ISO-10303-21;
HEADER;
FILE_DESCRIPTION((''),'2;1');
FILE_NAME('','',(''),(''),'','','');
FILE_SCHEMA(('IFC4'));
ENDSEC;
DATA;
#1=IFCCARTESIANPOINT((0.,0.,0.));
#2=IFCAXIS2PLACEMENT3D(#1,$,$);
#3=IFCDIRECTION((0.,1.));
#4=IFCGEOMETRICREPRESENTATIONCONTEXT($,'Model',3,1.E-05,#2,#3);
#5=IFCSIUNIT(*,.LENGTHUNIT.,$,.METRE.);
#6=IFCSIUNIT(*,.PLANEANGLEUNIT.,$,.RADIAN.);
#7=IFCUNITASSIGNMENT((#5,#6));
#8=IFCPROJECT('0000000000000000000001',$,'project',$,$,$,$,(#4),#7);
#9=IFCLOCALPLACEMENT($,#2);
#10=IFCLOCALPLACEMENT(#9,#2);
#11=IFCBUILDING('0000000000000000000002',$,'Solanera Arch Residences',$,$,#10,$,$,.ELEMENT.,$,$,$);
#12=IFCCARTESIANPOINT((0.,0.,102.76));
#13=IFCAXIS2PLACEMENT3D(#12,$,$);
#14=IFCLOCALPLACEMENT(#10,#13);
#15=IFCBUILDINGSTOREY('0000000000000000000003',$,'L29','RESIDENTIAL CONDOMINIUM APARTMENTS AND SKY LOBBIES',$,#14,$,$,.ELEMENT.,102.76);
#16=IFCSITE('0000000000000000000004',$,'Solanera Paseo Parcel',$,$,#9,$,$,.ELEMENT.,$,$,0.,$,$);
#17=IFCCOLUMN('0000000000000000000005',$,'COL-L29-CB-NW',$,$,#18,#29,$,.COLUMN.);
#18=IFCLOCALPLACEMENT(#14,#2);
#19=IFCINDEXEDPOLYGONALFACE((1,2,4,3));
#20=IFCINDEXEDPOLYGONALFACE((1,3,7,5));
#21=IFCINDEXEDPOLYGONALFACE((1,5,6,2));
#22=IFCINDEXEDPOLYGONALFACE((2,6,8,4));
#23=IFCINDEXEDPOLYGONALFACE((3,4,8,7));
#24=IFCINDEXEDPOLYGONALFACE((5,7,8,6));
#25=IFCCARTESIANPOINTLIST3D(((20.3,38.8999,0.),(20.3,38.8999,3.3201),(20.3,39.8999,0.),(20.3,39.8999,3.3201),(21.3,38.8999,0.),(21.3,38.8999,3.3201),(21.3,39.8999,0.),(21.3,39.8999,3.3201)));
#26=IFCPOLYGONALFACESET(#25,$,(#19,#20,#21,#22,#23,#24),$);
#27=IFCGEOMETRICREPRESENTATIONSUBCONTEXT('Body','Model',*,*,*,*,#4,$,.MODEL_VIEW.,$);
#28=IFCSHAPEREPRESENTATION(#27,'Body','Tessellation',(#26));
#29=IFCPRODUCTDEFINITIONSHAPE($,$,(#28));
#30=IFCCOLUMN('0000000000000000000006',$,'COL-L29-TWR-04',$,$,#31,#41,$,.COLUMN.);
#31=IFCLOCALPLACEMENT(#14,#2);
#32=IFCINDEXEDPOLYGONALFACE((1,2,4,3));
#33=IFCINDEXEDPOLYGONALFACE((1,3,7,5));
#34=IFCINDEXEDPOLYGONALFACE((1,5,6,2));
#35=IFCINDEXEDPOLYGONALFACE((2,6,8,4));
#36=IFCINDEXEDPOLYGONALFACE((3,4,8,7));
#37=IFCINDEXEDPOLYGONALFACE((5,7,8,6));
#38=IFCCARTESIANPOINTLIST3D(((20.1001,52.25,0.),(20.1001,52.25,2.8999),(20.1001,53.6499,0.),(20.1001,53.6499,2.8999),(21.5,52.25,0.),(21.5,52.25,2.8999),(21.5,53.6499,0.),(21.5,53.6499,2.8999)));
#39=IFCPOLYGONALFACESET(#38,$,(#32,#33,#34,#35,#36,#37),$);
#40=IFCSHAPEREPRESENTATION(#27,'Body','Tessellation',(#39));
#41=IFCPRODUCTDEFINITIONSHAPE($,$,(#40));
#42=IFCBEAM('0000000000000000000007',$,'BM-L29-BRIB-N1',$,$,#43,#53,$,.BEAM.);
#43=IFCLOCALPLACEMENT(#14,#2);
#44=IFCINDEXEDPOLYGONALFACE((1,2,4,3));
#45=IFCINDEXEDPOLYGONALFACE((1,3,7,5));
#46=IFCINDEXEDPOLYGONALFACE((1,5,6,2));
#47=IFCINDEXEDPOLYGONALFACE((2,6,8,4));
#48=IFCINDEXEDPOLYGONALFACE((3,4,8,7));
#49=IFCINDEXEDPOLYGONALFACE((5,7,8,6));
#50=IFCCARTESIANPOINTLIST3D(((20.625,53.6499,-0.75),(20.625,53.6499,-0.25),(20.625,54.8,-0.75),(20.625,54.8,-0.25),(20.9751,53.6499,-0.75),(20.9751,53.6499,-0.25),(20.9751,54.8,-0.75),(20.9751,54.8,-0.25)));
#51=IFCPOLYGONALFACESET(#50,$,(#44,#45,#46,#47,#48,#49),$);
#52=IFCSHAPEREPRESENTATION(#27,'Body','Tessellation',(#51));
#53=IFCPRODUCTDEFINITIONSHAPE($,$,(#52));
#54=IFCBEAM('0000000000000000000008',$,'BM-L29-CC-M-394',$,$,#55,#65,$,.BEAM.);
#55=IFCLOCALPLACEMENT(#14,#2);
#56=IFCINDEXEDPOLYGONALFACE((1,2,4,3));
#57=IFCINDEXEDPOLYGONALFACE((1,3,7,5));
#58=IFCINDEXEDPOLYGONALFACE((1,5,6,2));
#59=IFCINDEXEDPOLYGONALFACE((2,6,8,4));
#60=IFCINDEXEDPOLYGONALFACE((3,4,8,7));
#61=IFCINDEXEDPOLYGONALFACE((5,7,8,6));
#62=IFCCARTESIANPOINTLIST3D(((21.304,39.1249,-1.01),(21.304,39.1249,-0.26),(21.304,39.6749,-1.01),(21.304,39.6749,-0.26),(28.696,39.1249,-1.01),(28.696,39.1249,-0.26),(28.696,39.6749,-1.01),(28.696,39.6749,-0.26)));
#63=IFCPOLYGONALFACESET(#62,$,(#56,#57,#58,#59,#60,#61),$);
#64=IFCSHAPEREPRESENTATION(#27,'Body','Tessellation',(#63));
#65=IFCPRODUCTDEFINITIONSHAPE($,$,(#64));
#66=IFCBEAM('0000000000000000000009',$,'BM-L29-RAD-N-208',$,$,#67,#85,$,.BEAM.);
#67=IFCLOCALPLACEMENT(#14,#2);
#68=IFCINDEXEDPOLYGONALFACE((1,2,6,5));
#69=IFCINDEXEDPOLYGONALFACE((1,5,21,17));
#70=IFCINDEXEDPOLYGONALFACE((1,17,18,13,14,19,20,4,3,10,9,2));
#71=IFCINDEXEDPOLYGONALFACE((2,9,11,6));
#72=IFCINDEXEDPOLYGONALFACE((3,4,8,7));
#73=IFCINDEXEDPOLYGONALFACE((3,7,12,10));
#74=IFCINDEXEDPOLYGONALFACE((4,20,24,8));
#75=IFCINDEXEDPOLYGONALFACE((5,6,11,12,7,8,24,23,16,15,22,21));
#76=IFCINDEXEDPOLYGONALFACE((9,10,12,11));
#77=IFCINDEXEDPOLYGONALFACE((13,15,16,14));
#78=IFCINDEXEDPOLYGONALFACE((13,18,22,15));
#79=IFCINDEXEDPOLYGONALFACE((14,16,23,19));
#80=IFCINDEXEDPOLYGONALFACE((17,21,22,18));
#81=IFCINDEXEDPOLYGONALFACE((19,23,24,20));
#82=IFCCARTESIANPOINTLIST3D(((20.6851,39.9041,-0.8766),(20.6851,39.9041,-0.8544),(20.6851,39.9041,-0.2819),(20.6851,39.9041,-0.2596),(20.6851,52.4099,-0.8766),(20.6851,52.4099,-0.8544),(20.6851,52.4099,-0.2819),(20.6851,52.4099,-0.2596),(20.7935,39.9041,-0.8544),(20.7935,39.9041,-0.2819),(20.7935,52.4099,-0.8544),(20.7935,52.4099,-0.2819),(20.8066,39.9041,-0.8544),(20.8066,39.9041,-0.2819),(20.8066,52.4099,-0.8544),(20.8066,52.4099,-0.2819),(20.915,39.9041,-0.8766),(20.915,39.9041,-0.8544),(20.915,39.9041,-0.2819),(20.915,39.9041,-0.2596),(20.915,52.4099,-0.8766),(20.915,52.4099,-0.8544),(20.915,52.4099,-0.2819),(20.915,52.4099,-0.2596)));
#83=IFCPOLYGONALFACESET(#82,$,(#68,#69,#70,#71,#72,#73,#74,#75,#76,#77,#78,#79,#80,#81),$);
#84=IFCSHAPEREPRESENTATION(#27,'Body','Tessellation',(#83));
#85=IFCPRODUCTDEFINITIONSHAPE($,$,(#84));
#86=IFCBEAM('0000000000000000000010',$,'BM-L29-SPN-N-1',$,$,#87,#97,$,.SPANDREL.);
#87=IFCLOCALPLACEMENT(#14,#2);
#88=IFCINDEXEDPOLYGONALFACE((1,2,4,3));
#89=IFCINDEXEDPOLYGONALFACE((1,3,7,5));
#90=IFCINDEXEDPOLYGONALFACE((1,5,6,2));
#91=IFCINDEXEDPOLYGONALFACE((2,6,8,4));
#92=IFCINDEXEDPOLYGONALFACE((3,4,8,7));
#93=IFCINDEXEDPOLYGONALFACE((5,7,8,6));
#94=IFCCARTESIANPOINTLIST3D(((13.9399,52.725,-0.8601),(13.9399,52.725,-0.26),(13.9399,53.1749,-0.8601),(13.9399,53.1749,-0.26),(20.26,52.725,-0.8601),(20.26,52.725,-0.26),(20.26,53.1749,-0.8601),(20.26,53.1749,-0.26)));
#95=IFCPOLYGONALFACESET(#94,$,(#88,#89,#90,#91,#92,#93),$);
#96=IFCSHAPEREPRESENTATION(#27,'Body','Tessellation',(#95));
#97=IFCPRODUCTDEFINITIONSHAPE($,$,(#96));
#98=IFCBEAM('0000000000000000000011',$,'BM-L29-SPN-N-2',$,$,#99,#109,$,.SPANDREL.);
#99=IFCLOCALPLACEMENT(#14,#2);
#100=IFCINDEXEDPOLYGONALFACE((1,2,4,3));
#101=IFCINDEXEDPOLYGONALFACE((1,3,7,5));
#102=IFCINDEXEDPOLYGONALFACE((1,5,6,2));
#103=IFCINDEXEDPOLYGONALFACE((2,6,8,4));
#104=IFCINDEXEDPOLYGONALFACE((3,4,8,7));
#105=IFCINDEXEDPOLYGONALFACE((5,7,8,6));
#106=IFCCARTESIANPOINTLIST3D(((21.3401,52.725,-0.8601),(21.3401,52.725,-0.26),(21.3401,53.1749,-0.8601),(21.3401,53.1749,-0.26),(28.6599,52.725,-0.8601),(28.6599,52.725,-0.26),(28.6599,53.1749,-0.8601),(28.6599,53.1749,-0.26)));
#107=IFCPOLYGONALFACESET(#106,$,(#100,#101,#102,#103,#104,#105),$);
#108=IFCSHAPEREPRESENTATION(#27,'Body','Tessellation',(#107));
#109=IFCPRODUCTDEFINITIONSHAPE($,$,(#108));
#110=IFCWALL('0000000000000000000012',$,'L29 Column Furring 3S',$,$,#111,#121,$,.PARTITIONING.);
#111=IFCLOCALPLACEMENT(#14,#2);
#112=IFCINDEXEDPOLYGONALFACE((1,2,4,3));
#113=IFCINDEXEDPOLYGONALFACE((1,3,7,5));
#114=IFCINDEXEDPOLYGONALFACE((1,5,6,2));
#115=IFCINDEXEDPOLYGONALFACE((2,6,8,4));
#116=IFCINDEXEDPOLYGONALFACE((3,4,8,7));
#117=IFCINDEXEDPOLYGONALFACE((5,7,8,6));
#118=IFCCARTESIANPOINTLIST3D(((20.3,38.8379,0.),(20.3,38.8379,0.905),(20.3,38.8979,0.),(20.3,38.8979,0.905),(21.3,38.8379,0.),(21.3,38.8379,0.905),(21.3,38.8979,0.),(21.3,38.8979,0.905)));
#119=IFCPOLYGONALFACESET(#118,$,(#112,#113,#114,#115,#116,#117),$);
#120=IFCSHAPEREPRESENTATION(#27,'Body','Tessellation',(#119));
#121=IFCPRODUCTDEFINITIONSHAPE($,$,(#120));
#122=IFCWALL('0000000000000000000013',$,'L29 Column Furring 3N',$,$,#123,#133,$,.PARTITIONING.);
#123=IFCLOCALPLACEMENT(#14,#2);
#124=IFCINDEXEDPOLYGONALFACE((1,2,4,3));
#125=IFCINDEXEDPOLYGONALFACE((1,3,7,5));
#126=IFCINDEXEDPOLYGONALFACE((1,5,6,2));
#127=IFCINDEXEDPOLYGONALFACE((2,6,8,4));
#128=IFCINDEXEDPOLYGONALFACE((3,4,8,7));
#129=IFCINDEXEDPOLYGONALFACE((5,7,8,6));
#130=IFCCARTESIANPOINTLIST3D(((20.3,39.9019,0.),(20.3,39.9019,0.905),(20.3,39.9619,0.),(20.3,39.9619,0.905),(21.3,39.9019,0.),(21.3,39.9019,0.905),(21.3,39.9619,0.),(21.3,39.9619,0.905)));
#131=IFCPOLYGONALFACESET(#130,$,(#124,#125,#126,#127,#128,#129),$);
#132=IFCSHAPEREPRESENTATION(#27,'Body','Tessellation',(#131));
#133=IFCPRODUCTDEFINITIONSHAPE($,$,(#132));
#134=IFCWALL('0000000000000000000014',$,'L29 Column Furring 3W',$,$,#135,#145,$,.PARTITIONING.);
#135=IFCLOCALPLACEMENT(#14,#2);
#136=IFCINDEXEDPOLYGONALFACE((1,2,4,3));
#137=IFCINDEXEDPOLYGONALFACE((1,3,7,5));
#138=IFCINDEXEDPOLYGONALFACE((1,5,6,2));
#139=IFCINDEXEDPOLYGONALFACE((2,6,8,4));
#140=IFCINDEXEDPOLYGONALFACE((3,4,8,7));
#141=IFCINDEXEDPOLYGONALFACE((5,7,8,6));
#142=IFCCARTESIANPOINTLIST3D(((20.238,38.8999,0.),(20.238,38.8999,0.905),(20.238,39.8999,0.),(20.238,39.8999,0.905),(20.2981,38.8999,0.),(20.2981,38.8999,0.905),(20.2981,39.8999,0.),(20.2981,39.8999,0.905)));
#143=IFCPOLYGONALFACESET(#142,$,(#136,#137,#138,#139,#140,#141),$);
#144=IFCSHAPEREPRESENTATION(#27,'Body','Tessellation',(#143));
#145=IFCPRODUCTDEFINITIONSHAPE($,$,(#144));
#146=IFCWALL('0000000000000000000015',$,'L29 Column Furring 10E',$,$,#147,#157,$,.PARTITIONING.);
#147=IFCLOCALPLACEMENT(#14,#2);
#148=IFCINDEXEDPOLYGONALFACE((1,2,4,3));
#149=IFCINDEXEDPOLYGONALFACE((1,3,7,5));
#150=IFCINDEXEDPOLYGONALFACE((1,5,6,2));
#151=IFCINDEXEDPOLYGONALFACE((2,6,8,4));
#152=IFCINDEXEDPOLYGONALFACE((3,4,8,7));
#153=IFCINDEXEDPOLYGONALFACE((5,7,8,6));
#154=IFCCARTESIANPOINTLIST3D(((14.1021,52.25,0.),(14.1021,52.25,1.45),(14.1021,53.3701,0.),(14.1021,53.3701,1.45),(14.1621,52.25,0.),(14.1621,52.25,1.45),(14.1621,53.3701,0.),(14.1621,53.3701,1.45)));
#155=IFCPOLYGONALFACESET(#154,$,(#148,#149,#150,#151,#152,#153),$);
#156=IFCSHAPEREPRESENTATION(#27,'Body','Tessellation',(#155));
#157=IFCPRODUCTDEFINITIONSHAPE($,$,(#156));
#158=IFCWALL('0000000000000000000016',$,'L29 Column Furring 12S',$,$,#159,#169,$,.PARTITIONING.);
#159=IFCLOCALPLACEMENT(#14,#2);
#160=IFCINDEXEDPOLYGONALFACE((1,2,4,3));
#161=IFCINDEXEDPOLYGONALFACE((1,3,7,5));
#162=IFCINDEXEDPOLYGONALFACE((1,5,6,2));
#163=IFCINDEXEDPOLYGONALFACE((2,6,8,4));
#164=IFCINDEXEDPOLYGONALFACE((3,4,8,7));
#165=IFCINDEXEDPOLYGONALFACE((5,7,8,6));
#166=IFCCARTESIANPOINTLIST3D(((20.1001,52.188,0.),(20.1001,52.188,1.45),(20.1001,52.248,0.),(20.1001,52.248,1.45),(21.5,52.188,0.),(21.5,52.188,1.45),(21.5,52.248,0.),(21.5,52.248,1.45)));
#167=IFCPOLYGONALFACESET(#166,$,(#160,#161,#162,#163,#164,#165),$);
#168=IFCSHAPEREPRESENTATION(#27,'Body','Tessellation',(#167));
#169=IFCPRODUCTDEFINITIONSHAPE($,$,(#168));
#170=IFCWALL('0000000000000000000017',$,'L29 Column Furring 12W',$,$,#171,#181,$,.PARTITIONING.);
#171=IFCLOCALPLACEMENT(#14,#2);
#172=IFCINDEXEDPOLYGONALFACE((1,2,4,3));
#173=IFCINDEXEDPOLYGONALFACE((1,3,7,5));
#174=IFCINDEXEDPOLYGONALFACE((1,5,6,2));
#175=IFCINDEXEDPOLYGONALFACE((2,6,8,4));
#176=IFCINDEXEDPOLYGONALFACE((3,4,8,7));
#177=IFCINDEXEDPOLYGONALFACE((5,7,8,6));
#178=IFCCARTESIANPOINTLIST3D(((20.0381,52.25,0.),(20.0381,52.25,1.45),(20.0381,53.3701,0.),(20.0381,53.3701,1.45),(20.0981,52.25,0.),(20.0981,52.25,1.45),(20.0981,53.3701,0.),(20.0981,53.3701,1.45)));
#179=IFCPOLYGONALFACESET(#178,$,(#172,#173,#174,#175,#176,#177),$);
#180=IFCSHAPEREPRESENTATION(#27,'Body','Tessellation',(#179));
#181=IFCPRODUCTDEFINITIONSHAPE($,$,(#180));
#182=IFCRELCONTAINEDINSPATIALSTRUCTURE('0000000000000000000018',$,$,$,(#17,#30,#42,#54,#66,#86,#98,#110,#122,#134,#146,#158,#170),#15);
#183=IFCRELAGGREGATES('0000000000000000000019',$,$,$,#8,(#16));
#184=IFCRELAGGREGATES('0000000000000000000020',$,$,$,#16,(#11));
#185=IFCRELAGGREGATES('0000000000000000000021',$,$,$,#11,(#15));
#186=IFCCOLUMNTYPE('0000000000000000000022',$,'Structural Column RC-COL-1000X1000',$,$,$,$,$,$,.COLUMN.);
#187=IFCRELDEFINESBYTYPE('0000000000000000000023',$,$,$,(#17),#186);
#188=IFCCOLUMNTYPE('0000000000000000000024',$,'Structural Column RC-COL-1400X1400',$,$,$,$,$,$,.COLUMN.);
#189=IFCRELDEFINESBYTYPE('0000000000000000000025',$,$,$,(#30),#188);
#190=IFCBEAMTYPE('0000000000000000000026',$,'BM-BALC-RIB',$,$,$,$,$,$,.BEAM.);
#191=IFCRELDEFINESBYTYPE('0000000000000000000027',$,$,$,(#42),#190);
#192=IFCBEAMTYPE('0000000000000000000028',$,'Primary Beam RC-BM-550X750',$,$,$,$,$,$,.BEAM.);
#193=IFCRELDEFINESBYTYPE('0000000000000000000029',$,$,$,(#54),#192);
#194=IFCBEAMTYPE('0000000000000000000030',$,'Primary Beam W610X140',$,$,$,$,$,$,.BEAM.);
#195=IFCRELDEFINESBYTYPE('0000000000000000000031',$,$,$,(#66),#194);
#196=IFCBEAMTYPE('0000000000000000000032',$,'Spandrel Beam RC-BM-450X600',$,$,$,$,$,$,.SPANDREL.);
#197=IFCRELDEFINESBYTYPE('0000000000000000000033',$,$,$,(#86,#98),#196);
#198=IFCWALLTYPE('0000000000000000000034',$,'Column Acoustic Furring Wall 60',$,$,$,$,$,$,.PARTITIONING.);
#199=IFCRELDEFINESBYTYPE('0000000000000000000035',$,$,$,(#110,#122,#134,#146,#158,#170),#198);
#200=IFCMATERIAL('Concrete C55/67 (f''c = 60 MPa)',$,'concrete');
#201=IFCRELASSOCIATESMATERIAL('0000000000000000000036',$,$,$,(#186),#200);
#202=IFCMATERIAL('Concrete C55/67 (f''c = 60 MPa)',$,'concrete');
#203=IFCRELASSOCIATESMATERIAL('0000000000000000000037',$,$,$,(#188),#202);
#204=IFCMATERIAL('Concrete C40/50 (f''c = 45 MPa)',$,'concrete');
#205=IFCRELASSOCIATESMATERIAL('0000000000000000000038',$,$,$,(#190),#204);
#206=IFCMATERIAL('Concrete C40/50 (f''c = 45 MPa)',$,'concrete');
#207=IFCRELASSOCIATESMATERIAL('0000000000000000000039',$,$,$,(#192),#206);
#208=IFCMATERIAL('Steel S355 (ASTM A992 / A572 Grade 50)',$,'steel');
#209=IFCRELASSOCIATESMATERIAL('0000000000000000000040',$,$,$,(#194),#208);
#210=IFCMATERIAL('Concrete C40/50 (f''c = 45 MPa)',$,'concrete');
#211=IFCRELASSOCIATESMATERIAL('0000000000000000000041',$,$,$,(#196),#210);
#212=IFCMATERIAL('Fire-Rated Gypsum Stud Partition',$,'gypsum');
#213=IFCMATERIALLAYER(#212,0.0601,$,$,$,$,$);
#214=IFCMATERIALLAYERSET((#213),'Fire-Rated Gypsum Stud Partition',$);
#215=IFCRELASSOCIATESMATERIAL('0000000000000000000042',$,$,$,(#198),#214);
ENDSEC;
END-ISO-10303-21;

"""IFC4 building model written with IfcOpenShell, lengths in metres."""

from ifc_helpers import new_model, si_unit, direction, frame, frame_2d, origin, origin_2d, place, context, subcontext, project, spatial, rectangle, i_section, extrude, material, layer, layer_set, material_profile, profile_set, type_object, element, save


model = new_model("IFC4")

# Units and contexts
model_context = context("Model", 3, precision=1e-05, world=origin(), true_north=direction((0.0, 1.0)))
body_context = subcontext(model_context, "Body", "Model", "MODEL_VIEW")
ifc_project = project(units=[si_unit("LENGTHUNIT", "METRE"), si_unit("PLANEANGLEUNIT", "RADIAN")], contexts=[model_context])

# Site, building, storey
site_placement = place(None, origin())
site = spatial("IfcSite", under=ifc_project, at=site_placement, Name="Solanera Paseo Parcel", CompositionType="ELEMENT", RefElevation=0.0)
building_placement = place(site_placement, origin())
building = spatial("IfcBuilding", under=site, at=building_placement, Name="Solanera Arch Residences", CompositionType="ELEMENT")
storey_placement = place(building_placement, frame((0.0, 0.0, 102.76)))
storey = spatial("IfcBuildingStorey", under=building, at=storey_placement, Name="L29", Description="RESIDENTIAL CONDOMINIUM APARTMENTS AND SKY LOBBIES", CompositionType="ELEMENT", Elevation=102.76)

# Columns
ifc_material_1 = material(Name="Concrete C55/67 (f'c = 60 MPa)", Category="concrete")
ifc_material_profile_1 = material_profile(ifc_material_1, rectangle(XDim=1.0, YDim=1.0, at=origin_2d()))
ifc_profile_set_1 = profile_set([ifc_material_profile_1], Name="Concrete C55/67 (f'c = 60 MPa)")
column_type_1 = type_object("IfcColumnType", Name="Structural Column RC-COL-1000X1000", PredefinedType="COLUMN", material=ifc_profile_set_1)
column_1_placement = place(storey_placement, frame((20.8, 39.3999, 0.0), z_axis=(0.0, 0.0, 1.0), x_axis=(1.0, 0.0, 0.0)))
element("IfcColumn", 1, at=column_1_placement, inside=storey, type_object=column_type_1, Name="COL-L29-CB-NW", PredefinedType="COLUMN", context=body_context, shape_type="SweptSolid", body=[
    extrude(rectangle(XDim=1.0, YDim=1.0, at=origin_2d()), origin(), (0.0, 0.0, 1.0), 3.3201),
])
ifc_material_2 = material(Name="Concrete C55/67 (f'c = 60 MPa)", Category="concrete")
ifc_material_profile_2 = material_profile(ifc_material_2, rectangle(XDim=1.3999, YDim=1.3999, at=origin_2d()))
ifc_profile_set_2 = profile_set([ifc_material_profile_2], Name="Concrete C55/67 (f'c = 60 MPa)")
column_type_2 = type_object("IfcColumnType", Name="Structural Column RC-COL-1400X1400", PredefinedType="COLUMN", material=ifc_profile_set_2)
column_2_placement = place(storey_placement, frame((20.8, 52.95, 0.0), z_axis=(0.0, 0.0, 1.0), x_axis=(1.0, 0.0, 0.0)))
element("IfcColumn", 2, at=column_2_placement, inside=storey, type_object=column_type_2, Name="COL-L29-TWR-04", PredefinedType="COLUMN", context=body_context, shape_type="SweptSolid", body=[
    extrude(rectangle(XDim=1.3999, YDim=1.3999, at=origin_2d()), origin(), (0.0, 0.0, 1.0), 2.8999),
])

# Beams
ifc_material_3 = material(Name="Concrete C40/50 (f'c = 45 MPa)", Category="concrete")
ifc_material_profile_3 = material_profile(ifc_material_3, rectangle(XDim=0.3501, YDim=0.5, at=origin_2d()))
ifc_profile_set_3 = profile_set([ifc_material_profile_3], Name="Concrete C40/50 (f'c = 45 MPa)")
beam_type_1 = type_object("IfcBeamType", Name="BM-BALC-RIB", PredefinedType="BEAM", material=ifc_profile_set_3)
beam_1_placement = place(storey_placement, frame((20.8, 53.6499, -0.5), z_axis=(0.0, 1.0, 0.0), x_axis=(-1.0, 0.0, 0.0)))
element("IfcBeam", 3, at=beam_1_placement, inside=storey, type_object=beam_type_1, Name="BM-L29-BRIB-N1", PredefinedType="BEAM", context=body_context, shape_type="SweptSolid", body=[
    extrude(rectangle(XDim=0.3501, YDim=0.5, at=origin_2d()), origin(), (0.0, 0.0, 1.0), 1.1501),
])
ifc_material_4 = material(Name="Concrete C40/50 (f'c = 45 MPa)", Category="concrete")
ifc_material_profile_4 = material_profile(ifc_material_4, rectangle(XDim=0.55, YDim=0.75, at=origin_2d()))
ifc_profile_set_4 = profile_set([ifc_material_profile_4], Name="Concrete C40/50 (f'c = 45 MPa)")
beam_type_2 = type_object("IfcBeamType", Name="Primary Beam RC-BM-550X750", PredefinedType="BEAM", material=ifc_profile_set_4)
beam_2_placement = place(storey_placement, frame((21.304, 39.3999, -0.635), z_axis=(1.0, 0.0, 0.0), x_axis=(0.0, 1.0, 0.0)))
element("IfcBeam", 4, at=beam_2_placement, inside=storey, type_object=beam_type_2, Name="BM-L29-CC-M-394", PredefinedType="BEAM", context=body_context, shape_type="SweptSolid", body=[
    extrude(rectangle(XDim=0.55, YDim=0.75, at=origin_2d()), origin(), (0.0, 0.0, 1.0), 7.3921),
])
ifc_material_5 = material(Name="Steel S355 (ASTM A992 / A572 Grade 50)", Category="steel")
ifc_material_profile_5 = material_profile(ifc_material_5, i_section(OverallWidth=0.23, OverallDepth=0.6169, WebThickness=0.0132, FlangeThickness=0.0222, at=origin_2d()))
ifc_profile_set_5 = profile_set([ifc_material_profile_5], Name="Steel S355 (ASTM A992 / A572 Grade 50)")
beam_type_3 = type_object("IfcBeamType", Name="Primary Beam W610X140", PredefinedType="BEAM", material=ifc_profile_set_5)
beam_3_placement = place(storey_placement, frame((20.8, 39.9041, -0.5681), z_axis=(0.0, 1.0, 0.0), x_axis=(-1.0, 0.0, 0.0)))
element("IfcBeam", 5, at=beam_3_placement, inside=storey, type_object=beam_type_3, Name="BM-L29-RAD-N-208", PredefinedType="BEAM", context=body_context, shape_type="SweptSolid", body=[
    extrude(i_section(OverallWidth=0.23, OverallDepth=0.6169, WebThickness=0.0132, FlangeThickness=0.0222, at=origin_2d()), origin(), (0.0, 0.0, 1.0), 12.5059),
])
ifc_material_6 = material(Name="Concrete C40/50 (f'c = 45 MPa)", Category="concrete")
ifc_material_profile_6 = material_profile(ifc_material_6, rectangle(XDim=0.45, YDim=0.6001, at=origin_2d()))
ifc_profile_set_6 = profile_set([ifc_material_profile_6], Name="Concrete C40/50 (f'c = 45 MPa)")
beam_type_4 = type_object("IfcBeamType", Name="Spandrel Beam RC-BM-450X600", PredefinedType="SPANDREL", material=ifc_profile_set_6)
beam_4_placement = place(storey_placement, frame((13.9399, 52.95, -0.5601), z_axis=(1.0, 0.0, 0.0), x_axis=(0.0, 1.0, 0.0)))
element("IfcBeam", 6, at=beam_4_placement, inside=storey, type_object=beam_type_4, Name="BM-L29-SPN-N-1", PredefinedType="SPANDREL", context=body_context, shape_type="SweptSolid", body=[
    extrude(rectangle(XDim=0.45, YDim=0.6001, at=origin_2d()), origin(), (0.0, 0.0, 1.0), 6.3201),
])
beam_5_placement = place(storey_placement, frame((21.3401, 52.95, -0.5601), z_axis=(1.0, 0.0, 0.0), x_axis=(0.0, 1.0, 0.0)))
element("IfcBeam", 7, at=beam_5_placement, inside=storey, type_object=beam_type_4, Name="BM-L29-SPN-N-2", PredefinedType="SPANDREL", context=body_context, shape_type="SweptSolid", body=[
    extrude(rectangle(XDim=0.45, YDim=0.6001, at=origin_2d()), origin(), (0.0, 0.0, 1.0), 7.3198),
])

# Walls
ifc_material_7 = material(Name="Fire-Rated Gypsum Stud Partition", Category="gypsum")
ifc_layer_1 = layer(ifc_material_7, 0.0601)
ifc_layer_set_1 = layer_set([ifc_layer_1], Name="Fire-Rated Gypsum Stud Partition")
wall_type_1 = type_object("IfcWallType", Name="Column Acoustic Furring Wall 60", PredefinedType="PARTITIONING", material=ifc_layer_set_1)
for number, where, z_axis, x_axis, name in (
    (8, (20.3, 38.8679, 0.0), (0.0, 0.0, 1.0), (1.0, 0.0, 0.0), "L29 Column Furring 3S"),
    (9, (20.3, 39.9319, 0.0), (0.0, 0.0, 1.0), (1.0, 0.0, 0.0), "L29 Column Furring 3N"),
    (10, (20.2681, 38.8999, 0.0), (0.0, 0.0, 1.0), (0.0, 1.0, 0.0), "L29 Column Furring 3W"),
):
    element("IfcWall", number, at=place(storey_placement, frame(where, z_axis=z_axis, x_axis=x_axis)), inside=storey, type_object=wall_type_1, Name=name, PredefinedType="PARTITIONING", context=body_context, shape_type="SweptSolid", body=[
        extrude(rectangle(XDim=1.0, YDim=0.0601, at=frame_2d((0.5, 0.0))), origin(), (0.0, 0.0, 1.0), 0.905),
    ])
wall_1_placement = place(storey_placement, frame((14.1321, 52.25, 0.0), z_axis=(0.0, 0.0, 1.0), x_axis=(0.0, 1.0, 0.0)))
element("IfcWall", 11, at=wall_1_placement, inside=storey, type_object=wall_type_1, Name="L29 Column Furring 10E", PredefinedType="PARTITIONING", context=body_context, shape_type="SweptSolid", body=[
    extrude(rectangle(XDim=1.1201, YDim=0.0601, at=frame_2d((0.5601, 0.0))), origin(), (0.0, 0.0, 1.0), 1.45),
])
wall_2_placement = place(storey_placement, frame((20.1001, 52.218, 0.0), z_axis=(0.0, 0.0, 1.0), x_axis=(1.0, 0.0, 0.0)))
element("IfcWall", 12, at=wall_2_placement, inside=storey, type_object=wall_type_1, Name="L29 Column Furring 12S", PredefinedType="PARTITIONING", context=body_context, shape_type="SweptSolid", body=[
    extrude(rectangle(XDim=1.3999, YDim=0.0601, at=frame_2d((0.7, 0.0))), origin(), (0.0, 0.0, 1.0), 1.45),
])
for number, where, z_axis, x_axis, name in (
    (13, (20.0681, 52.25, 0.0), (0.0, 0.0, 1.0), (0.0, 1.0, 0.0), "L29 Column Furring 12W"),
):
    element("IfcWall", number, at=place(storey_placement, frame(where, z_axis=z_axis, x_axis=x_axis)), inside=storey, type_object=wall_type_1, Name=name, PredefinedType="PARTITIONING", context=body_context, shape_type="SweptSolid", body=[
        extrude(rectangle(XDim=1.1201, YDim=0.0601, at=frame_2d((0.5601, 0.0))), origin(), (0.0, 0.0, 1.0), 1.45),
    ])

save(model, "model.ifc")
